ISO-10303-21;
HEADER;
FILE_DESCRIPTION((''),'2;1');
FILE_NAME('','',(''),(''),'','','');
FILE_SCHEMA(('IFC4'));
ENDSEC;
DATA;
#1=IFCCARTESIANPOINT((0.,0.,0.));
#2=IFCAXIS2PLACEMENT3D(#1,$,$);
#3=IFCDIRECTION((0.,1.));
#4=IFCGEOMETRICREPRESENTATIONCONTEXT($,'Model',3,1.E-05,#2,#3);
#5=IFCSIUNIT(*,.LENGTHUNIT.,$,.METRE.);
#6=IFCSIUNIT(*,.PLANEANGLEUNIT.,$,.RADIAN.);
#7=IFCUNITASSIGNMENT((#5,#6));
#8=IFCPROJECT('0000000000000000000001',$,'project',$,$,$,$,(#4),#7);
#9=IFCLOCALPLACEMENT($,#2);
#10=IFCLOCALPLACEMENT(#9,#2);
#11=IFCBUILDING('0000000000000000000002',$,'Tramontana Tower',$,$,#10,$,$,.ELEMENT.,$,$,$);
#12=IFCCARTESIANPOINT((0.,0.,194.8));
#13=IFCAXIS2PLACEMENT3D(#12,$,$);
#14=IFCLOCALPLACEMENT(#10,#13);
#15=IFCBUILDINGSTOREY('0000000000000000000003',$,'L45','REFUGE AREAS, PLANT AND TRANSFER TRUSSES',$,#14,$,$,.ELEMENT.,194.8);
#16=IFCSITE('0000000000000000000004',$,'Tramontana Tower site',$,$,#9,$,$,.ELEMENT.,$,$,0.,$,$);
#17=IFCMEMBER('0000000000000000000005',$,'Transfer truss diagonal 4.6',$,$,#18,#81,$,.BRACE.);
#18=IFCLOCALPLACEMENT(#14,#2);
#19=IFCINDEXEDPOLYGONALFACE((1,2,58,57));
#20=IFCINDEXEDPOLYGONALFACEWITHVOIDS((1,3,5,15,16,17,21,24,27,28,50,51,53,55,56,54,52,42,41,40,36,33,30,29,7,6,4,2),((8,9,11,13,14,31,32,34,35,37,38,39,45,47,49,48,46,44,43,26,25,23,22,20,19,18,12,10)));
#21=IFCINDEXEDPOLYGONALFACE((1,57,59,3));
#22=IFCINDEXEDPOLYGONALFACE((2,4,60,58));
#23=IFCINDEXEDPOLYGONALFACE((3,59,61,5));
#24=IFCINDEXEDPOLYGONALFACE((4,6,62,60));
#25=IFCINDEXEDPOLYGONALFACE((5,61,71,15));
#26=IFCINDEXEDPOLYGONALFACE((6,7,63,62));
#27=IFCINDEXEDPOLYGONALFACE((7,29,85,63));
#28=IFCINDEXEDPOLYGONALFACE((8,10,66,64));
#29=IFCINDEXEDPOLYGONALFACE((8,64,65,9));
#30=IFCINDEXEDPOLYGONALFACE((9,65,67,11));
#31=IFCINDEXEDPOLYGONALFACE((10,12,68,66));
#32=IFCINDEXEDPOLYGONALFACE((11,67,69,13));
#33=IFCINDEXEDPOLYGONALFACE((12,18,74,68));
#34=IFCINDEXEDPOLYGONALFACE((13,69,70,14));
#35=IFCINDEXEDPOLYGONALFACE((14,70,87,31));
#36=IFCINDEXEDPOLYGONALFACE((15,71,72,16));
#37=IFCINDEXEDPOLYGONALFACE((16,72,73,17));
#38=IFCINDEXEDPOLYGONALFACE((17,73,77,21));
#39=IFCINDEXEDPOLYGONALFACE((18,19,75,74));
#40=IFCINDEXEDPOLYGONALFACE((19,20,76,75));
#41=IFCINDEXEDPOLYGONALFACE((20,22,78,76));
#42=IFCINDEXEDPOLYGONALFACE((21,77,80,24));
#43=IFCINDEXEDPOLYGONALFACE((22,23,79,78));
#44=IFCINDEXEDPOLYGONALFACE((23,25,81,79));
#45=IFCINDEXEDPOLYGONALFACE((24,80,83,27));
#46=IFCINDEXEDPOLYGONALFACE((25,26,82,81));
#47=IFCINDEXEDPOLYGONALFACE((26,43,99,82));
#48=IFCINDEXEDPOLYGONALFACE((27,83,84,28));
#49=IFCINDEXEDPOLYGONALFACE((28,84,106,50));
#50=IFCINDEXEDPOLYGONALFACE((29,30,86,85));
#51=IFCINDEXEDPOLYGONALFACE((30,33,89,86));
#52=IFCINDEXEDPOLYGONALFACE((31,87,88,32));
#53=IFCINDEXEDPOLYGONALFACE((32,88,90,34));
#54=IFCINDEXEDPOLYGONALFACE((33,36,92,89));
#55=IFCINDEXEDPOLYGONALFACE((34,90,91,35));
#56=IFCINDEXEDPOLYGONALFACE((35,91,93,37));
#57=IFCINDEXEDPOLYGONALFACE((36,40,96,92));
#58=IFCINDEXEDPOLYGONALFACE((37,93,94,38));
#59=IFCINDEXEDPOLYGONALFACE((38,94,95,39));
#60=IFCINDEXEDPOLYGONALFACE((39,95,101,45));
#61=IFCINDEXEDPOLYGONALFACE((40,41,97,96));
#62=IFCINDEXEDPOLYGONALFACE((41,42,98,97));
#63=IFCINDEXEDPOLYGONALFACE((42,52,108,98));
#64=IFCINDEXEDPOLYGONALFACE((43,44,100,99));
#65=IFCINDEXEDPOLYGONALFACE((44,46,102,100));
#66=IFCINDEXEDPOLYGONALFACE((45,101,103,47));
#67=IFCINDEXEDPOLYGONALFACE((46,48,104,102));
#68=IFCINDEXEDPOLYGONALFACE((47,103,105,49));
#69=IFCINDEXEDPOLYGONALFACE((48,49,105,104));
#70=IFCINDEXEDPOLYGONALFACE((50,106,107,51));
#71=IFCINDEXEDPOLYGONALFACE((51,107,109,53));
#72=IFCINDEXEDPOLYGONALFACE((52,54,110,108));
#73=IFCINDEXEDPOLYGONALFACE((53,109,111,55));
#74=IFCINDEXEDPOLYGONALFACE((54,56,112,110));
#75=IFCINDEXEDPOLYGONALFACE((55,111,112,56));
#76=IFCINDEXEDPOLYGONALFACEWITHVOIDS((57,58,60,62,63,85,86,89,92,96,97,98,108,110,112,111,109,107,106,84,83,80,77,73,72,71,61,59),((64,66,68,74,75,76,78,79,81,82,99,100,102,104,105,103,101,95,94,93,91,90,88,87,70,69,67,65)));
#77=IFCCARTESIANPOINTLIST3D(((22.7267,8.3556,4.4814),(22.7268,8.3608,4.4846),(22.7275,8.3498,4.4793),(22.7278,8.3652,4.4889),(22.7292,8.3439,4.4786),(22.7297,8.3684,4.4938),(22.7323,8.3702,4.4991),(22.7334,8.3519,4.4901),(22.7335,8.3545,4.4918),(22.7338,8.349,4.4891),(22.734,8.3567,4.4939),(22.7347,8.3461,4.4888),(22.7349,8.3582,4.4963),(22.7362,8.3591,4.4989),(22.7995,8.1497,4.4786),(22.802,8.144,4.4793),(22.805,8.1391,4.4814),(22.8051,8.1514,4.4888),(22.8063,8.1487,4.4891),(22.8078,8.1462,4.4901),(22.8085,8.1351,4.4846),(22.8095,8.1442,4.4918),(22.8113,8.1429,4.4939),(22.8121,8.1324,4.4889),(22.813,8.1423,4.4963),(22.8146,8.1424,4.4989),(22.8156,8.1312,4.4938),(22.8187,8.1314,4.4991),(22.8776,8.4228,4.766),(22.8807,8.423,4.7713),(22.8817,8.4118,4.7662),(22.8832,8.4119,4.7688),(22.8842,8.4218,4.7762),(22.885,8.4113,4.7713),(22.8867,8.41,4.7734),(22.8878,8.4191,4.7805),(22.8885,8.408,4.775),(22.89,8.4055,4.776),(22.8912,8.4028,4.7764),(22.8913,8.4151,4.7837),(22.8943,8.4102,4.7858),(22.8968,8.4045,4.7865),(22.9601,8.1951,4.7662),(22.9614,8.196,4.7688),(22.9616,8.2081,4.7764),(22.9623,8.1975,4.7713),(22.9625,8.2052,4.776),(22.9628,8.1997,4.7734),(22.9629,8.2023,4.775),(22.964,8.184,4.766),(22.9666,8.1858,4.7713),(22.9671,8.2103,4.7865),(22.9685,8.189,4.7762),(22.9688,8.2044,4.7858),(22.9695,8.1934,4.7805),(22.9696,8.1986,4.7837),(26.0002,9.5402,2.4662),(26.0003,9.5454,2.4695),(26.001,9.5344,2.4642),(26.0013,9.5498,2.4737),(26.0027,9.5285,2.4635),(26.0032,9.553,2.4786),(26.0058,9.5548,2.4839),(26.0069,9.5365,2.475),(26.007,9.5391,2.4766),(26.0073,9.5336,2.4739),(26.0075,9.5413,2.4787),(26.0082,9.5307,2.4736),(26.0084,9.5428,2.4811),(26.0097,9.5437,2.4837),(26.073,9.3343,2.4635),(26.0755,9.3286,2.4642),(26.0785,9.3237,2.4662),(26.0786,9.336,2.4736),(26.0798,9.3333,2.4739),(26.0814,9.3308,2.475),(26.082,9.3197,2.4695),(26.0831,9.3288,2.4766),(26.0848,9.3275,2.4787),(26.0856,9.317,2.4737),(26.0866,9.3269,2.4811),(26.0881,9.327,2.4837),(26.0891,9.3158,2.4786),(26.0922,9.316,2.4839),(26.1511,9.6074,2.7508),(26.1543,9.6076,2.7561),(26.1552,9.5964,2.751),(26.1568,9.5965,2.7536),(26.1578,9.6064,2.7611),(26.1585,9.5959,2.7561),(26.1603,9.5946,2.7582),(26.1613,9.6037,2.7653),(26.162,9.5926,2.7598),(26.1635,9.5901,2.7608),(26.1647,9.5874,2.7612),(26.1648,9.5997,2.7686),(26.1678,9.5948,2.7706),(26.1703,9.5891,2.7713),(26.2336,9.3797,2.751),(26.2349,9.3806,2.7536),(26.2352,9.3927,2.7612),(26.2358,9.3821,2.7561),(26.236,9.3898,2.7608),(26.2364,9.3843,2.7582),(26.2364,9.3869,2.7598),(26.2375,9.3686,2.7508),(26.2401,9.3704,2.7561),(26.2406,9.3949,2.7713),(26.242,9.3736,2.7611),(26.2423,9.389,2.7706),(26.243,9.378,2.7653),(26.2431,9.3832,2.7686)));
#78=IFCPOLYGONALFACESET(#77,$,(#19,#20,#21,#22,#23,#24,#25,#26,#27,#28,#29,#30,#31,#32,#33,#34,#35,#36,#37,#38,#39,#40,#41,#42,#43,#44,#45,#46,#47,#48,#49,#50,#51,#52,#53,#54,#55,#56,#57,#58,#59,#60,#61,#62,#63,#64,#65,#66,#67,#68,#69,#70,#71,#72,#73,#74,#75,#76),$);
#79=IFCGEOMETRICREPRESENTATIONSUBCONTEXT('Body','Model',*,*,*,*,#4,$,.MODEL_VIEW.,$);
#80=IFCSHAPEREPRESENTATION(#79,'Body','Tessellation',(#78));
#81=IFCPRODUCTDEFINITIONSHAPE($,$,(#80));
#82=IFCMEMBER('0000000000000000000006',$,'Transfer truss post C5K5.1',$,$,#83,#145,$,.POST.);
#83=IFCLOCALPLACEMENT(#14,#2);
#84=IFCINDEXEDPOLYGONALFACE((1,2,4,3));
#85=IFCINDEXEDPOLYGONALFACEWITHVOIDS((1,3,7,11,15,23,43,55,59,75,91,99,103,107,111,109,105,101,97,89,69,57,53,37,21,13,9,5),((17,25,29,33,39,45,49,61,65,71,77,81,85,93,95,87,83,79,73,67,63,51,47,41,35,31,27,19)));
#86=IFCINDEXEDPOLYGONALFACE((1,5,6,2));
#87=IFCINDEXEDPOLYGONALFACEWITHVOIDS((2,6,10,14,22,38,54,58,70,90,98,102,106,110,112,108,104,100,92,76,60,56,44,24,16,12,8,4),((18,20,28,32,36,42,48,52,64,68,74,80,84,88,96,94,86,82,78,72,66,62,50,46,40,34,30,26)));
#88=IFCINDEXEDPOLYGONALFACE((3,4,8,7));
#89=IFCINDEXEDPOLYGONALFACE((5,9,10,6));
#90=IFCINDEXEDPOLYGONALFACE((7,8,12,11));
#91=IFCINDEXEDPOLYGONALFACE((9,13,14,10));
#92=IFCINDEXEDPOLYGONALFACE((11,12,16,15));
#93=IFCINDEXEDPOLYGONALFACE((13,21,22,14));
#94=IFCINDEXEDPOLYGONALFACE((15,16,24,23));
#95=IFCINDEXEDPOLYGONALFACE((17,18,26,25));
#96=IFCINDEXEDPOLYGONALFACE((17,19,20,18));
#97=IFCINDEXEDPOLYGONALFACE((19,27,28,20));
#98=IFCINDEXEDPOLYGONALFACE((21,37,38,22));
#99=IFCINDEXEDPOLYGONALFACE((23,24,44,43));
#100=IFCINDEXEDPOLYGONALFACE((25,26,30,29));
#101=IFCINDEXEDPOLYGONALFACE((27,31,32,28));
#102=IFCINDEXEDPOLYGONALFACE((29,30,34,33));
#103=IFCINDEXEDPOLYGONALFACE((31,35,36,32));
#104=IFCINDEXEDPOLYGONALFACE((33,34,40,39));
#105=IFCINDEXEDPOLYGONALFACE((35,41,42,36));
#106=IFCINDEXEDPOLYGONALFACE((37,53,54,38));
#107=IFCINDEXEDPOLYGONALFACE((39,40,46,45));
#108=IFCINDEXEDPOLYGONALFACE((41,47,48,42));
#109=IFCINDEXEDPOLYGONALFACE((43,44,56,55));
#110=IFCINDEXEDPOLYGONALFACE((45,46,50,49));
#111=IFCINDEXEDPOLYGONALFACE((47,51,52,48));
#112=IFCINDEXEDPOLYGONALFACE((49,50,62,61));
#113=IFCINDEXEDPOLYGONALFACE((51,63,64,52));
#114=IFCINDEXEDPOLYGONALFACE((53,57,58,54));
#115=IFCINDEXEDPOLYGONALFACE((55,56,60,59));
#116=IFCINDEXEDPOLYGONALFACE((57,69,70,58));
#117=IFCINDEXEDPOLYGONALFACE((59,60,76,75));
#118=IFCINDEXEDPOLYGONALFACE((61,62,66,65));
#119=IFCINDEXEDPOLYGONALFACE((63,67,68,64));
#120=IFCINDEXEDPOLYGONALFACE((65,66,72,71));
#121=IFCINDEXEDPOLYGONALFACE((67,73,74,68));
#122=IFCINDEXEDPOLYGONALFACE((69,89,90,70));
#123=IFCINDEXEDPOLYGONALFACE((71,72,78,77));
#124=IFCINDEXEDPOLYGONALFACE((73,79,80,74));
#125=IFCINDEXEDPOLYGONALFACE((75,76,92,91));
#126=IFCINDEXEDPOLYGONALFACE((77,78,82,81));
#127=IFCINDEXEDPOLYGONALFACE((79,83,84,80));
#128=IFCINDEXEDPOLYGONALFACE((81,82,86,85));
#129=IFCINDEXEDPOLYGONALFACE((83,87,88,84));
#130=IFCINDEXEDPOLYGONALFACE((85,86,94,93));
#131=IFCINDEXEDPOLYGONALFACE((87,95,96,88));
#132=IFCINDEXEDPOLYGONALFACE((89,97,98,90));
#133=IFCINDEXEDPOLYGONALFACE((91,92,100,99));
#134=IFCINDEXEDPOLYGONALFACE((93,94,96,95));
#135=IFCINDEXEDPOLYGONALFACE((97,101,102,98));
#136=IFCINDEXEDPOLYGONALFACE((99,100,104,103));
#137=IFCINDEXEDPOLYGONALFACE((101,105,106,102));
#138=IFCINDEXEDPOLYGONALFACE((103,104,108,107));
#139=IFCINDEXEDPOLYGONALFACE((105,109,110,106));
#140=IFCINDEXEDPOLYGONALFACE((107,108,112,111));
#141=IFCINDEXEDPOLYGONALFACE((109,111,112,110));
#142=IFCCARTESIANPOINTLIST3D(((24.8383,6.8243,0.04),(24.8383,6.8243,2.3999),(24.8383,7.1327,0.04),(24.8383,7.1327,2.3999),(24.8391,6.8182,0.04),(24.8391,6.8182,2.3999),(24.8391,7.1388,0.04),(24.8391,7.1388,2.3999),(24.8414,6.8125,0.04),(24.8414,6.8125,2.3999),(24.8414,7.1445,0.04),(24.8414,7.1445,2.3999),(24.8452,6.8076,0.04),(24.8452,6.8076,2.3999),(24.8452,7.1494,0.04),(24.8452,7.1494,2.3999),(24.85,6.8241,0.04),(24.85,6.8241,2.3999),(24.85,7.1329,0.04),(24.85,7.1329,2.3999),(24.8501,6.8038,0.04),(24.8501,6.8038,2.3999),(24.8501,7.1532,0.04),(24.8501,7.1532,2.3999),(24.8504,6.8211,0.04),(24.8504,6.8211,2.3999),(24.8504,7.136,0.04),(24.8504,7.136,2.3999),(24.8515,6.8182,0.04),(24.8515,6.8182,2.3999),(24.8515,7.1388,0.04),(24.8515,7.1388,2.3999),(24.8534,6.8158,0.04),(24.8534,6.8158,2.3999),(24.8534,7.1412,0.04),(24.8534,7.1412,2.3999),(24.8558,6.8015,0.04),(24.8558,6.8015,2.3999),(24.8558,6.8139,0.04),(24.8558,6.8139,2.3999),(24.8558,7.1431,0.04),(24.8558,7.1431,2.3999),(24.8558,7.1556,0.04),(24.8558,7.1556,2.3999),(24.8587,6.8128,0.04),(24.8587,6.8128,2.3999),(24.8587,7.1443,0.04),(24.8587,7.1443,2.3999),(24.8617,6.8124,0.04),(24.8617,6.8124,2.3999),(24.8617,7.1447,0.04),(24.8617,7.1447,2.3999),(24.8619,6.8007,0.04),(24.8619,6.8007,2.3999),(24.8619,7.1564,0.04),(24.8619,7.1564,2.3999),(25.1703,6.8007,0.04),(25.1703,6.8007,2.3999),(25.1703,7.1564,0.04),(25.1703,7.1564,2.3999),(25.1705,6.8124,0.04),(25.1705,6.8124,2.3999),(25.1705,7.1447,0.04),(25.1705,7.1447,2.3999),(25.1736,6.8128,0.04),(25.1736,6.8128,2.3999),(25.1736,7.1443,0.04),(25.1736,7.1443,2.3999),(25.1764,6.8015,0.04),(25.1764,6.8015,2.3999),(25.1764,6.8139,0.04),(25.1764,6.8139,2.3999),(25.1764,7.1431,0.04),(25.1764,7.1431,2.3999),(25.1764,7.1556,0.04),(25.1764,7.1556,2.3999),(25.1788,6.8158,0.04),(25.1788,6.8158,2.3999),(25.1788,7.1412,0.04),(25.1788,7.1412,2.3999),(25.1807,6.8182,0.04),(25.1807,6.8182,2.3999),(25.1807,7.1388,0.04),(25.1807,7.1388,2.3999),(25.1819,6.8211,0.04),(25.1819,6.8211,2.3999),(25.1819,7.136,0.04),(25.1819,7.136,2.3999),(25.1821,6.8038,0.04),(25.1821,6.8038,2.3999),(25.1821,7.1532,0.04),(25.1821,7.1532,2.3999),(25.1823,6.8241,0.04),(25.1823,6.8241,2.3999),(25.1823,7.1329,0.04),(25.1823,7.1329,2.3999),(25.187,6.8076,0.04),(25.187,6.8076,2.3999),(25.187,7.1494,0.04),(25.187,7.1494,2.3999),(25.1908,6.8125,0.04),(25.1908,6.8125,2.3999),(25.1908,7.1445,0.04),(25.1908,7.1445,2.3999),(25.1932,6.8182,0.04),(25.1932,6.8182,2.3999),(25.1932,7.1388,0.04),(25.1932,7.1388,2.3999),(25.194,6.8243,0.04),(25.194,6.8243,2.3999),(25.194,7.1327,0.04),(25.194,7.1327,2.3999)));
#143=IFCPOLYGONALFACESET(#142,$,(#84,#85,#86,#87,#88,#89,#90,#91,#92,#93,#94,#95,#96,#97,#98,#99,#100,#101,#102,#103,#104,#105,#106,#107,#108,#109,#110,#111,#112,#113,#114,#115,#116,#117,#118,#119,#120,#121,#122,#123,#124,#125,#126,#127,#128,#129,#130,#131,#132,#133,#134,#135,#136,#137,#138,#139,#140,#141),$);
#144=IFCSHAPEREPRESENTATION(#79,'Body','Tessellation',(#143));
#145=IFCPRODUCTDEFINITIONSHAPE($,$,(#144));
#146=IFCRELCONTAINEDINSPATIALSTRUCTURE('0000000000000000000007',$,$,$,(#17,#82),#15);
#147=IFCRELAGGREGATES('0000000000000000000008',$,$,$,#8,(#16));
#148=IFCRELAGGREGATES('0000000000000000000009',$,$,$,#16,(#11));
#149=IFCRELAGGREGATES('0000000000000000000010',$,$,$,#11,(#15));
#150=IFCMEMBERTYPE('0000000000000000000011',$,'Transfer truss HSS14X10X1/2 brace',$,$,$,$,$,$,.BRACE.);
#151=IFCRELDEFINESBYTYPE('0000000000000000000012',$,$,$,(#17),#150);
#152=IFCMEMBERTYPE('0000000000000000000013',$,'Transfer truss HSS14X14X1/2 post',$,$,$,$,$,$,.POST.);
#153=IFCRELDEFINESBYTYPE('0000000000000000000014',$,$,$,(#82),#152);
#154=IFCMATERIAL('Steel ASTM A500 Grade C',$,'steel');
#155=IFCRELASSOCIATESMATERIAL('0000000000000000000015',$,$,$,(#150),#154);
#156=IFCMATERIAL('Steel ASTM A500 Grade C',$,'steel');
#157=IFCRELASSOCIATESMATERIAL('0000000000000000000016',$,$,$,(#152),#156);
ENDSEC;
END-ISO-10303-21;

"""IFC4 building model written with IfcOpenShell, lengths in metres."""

from ifc_helpers import new_model, si_unit, direction, frame, origin, origin_2d, place, context, subcontext, project, spatial, hollow_rectangle, extrude, material, material_profile, profile_set, type_object, element, save


model = new_model("IFC4")

# Units and contexts
model_context = context("Model", 3, precision=1e-05, world=origin(), true_north=direction((0.0, 1.0)))
body_context = subcontext(model_context, "Body", "Model", "MODEL_VIEW")
ifc_project = project(units=[si_unit("LENGTHUNIT", "METRE"), si_unit("PLANEANGLEUNIT", "RADIAN")], contexts=[model_context])

# Site, building, storey
site_placement = place(None, origin())
site = spatial("IfcSite", under=ifc_project, at=site_placement, Name="Tramontana Tower site", CompositionType="ELEMENT", RefElevation=0.0)
building_placement = place(site_placement, origin())
building = spatial("IfcBuilding", under=site, at=building_placement, Name="Tramontana Tower", CompositionType="ELEMENT")
storey_placement = place(building_placement, frame((0.0, 0.0, 194.8)))
storey = spatial("IfcBuildingStorey", under=building, at=storey_placement, Name="L45", Description="REFUGE AREAS, PLANT AND TRANSFER TRUSSES", CompositionType="ELEMENT", Elevation=194.8)

# Members
ifc_material_1 = material(Name="Steel ASTM A500 Grade C", Category="steel")
ifc_material_profile_1 = material_profile(ifc_material_1, hollow_rectangle(XDim=0.2539, YDim=0.3557, WallThickness=0.0117, InnerFilletRadius=0.0117, OuterFilletRadius=0.0237, at=origin_2d()), Name="HSS14X10X1/2")
ifc_profile_set_1 = profile_set([ifc_material_profile_1], Name="Steel ASTM A500 Grade C")
member_type_1 = type_object("IfcMemberType", Name="Transfer truss HSS14X10X1/2 brace", PredefinedType="BRACE", material=ifc_profile_set_1)
member_1_placement = place(storey_placement, frame((22.8481, 8.2771, 4.6326), z_axis=(0.81381, 0.294496, -0.500984), x_axis=(-0.340279, 0.940325, 0.0)))
element("IfcMember", 1, at=member_1_placement, inside=storey, type_object=member_type_1, Name="Transfer truss diagonal 4.6", PredefinedType="BRACE", context=body_context, shape_type="SweptSolid", body=[
    extrude(hollow_rectangle(XDim=0.2539, YDim=0.3557, WallThickness=0.0117, InnerFilletRadius=0.0117, OuterFilletRadius=0.0237, at=origin_2d()), origin(), (0.0, 0.0, 1.0), 4.0225),
])
ifc_material_2 = material(Name="Steel ASTM A500 Grade C", Category="steel")
ifc_material_profile_2 = material_profile(ifc_material_2, hollow_rectangle(XDim=0.3557, YDim=0.3557, WallThickness=0.0117, InnerFilletRadius=0.0117, OuterFilletRadius=0.0237, at=origin_2d()), Name="HSS14X14X1/2")
ifc_profile_set_2 = profile_set([ifc_material_profile_2], Name="Steel ASTM A500 Grade C")
member_type_2 = type_object("IfcMemberType", Name="Transfer truss HSS14X14X1/2 post", PredefinedType="POST", material=ifc_profile_set_2)
for number, where, z_axis, x_axis, name in (
    (2, (25.0161, 6.9785, 0.04), (0.0, 0.0, 1.0), (1.0, 0.0, 0.0), "Transfer truss post C5K5.1"),
):
    element("IfcMember", number, at=place(storey_placement, frame(where, z_axis=z_axis, x_axis=x_axis)), inside=storey, type_object=member_type_2, Name=name, PredefinedType="POST", context=body_context, shape_type="SweptSolid", body=[
        extrude(hollow_rectangle(XDim=0.3557, YDim=0.3557, WallThickness=0.0117, InnerFilletRadius=0.0117, OuterFilletRadius=0.0237, at=origin_2d()), origin(), (0.0, 0.0, 1.0), 2.3599),
    ])

save(model, "model.ifc")
